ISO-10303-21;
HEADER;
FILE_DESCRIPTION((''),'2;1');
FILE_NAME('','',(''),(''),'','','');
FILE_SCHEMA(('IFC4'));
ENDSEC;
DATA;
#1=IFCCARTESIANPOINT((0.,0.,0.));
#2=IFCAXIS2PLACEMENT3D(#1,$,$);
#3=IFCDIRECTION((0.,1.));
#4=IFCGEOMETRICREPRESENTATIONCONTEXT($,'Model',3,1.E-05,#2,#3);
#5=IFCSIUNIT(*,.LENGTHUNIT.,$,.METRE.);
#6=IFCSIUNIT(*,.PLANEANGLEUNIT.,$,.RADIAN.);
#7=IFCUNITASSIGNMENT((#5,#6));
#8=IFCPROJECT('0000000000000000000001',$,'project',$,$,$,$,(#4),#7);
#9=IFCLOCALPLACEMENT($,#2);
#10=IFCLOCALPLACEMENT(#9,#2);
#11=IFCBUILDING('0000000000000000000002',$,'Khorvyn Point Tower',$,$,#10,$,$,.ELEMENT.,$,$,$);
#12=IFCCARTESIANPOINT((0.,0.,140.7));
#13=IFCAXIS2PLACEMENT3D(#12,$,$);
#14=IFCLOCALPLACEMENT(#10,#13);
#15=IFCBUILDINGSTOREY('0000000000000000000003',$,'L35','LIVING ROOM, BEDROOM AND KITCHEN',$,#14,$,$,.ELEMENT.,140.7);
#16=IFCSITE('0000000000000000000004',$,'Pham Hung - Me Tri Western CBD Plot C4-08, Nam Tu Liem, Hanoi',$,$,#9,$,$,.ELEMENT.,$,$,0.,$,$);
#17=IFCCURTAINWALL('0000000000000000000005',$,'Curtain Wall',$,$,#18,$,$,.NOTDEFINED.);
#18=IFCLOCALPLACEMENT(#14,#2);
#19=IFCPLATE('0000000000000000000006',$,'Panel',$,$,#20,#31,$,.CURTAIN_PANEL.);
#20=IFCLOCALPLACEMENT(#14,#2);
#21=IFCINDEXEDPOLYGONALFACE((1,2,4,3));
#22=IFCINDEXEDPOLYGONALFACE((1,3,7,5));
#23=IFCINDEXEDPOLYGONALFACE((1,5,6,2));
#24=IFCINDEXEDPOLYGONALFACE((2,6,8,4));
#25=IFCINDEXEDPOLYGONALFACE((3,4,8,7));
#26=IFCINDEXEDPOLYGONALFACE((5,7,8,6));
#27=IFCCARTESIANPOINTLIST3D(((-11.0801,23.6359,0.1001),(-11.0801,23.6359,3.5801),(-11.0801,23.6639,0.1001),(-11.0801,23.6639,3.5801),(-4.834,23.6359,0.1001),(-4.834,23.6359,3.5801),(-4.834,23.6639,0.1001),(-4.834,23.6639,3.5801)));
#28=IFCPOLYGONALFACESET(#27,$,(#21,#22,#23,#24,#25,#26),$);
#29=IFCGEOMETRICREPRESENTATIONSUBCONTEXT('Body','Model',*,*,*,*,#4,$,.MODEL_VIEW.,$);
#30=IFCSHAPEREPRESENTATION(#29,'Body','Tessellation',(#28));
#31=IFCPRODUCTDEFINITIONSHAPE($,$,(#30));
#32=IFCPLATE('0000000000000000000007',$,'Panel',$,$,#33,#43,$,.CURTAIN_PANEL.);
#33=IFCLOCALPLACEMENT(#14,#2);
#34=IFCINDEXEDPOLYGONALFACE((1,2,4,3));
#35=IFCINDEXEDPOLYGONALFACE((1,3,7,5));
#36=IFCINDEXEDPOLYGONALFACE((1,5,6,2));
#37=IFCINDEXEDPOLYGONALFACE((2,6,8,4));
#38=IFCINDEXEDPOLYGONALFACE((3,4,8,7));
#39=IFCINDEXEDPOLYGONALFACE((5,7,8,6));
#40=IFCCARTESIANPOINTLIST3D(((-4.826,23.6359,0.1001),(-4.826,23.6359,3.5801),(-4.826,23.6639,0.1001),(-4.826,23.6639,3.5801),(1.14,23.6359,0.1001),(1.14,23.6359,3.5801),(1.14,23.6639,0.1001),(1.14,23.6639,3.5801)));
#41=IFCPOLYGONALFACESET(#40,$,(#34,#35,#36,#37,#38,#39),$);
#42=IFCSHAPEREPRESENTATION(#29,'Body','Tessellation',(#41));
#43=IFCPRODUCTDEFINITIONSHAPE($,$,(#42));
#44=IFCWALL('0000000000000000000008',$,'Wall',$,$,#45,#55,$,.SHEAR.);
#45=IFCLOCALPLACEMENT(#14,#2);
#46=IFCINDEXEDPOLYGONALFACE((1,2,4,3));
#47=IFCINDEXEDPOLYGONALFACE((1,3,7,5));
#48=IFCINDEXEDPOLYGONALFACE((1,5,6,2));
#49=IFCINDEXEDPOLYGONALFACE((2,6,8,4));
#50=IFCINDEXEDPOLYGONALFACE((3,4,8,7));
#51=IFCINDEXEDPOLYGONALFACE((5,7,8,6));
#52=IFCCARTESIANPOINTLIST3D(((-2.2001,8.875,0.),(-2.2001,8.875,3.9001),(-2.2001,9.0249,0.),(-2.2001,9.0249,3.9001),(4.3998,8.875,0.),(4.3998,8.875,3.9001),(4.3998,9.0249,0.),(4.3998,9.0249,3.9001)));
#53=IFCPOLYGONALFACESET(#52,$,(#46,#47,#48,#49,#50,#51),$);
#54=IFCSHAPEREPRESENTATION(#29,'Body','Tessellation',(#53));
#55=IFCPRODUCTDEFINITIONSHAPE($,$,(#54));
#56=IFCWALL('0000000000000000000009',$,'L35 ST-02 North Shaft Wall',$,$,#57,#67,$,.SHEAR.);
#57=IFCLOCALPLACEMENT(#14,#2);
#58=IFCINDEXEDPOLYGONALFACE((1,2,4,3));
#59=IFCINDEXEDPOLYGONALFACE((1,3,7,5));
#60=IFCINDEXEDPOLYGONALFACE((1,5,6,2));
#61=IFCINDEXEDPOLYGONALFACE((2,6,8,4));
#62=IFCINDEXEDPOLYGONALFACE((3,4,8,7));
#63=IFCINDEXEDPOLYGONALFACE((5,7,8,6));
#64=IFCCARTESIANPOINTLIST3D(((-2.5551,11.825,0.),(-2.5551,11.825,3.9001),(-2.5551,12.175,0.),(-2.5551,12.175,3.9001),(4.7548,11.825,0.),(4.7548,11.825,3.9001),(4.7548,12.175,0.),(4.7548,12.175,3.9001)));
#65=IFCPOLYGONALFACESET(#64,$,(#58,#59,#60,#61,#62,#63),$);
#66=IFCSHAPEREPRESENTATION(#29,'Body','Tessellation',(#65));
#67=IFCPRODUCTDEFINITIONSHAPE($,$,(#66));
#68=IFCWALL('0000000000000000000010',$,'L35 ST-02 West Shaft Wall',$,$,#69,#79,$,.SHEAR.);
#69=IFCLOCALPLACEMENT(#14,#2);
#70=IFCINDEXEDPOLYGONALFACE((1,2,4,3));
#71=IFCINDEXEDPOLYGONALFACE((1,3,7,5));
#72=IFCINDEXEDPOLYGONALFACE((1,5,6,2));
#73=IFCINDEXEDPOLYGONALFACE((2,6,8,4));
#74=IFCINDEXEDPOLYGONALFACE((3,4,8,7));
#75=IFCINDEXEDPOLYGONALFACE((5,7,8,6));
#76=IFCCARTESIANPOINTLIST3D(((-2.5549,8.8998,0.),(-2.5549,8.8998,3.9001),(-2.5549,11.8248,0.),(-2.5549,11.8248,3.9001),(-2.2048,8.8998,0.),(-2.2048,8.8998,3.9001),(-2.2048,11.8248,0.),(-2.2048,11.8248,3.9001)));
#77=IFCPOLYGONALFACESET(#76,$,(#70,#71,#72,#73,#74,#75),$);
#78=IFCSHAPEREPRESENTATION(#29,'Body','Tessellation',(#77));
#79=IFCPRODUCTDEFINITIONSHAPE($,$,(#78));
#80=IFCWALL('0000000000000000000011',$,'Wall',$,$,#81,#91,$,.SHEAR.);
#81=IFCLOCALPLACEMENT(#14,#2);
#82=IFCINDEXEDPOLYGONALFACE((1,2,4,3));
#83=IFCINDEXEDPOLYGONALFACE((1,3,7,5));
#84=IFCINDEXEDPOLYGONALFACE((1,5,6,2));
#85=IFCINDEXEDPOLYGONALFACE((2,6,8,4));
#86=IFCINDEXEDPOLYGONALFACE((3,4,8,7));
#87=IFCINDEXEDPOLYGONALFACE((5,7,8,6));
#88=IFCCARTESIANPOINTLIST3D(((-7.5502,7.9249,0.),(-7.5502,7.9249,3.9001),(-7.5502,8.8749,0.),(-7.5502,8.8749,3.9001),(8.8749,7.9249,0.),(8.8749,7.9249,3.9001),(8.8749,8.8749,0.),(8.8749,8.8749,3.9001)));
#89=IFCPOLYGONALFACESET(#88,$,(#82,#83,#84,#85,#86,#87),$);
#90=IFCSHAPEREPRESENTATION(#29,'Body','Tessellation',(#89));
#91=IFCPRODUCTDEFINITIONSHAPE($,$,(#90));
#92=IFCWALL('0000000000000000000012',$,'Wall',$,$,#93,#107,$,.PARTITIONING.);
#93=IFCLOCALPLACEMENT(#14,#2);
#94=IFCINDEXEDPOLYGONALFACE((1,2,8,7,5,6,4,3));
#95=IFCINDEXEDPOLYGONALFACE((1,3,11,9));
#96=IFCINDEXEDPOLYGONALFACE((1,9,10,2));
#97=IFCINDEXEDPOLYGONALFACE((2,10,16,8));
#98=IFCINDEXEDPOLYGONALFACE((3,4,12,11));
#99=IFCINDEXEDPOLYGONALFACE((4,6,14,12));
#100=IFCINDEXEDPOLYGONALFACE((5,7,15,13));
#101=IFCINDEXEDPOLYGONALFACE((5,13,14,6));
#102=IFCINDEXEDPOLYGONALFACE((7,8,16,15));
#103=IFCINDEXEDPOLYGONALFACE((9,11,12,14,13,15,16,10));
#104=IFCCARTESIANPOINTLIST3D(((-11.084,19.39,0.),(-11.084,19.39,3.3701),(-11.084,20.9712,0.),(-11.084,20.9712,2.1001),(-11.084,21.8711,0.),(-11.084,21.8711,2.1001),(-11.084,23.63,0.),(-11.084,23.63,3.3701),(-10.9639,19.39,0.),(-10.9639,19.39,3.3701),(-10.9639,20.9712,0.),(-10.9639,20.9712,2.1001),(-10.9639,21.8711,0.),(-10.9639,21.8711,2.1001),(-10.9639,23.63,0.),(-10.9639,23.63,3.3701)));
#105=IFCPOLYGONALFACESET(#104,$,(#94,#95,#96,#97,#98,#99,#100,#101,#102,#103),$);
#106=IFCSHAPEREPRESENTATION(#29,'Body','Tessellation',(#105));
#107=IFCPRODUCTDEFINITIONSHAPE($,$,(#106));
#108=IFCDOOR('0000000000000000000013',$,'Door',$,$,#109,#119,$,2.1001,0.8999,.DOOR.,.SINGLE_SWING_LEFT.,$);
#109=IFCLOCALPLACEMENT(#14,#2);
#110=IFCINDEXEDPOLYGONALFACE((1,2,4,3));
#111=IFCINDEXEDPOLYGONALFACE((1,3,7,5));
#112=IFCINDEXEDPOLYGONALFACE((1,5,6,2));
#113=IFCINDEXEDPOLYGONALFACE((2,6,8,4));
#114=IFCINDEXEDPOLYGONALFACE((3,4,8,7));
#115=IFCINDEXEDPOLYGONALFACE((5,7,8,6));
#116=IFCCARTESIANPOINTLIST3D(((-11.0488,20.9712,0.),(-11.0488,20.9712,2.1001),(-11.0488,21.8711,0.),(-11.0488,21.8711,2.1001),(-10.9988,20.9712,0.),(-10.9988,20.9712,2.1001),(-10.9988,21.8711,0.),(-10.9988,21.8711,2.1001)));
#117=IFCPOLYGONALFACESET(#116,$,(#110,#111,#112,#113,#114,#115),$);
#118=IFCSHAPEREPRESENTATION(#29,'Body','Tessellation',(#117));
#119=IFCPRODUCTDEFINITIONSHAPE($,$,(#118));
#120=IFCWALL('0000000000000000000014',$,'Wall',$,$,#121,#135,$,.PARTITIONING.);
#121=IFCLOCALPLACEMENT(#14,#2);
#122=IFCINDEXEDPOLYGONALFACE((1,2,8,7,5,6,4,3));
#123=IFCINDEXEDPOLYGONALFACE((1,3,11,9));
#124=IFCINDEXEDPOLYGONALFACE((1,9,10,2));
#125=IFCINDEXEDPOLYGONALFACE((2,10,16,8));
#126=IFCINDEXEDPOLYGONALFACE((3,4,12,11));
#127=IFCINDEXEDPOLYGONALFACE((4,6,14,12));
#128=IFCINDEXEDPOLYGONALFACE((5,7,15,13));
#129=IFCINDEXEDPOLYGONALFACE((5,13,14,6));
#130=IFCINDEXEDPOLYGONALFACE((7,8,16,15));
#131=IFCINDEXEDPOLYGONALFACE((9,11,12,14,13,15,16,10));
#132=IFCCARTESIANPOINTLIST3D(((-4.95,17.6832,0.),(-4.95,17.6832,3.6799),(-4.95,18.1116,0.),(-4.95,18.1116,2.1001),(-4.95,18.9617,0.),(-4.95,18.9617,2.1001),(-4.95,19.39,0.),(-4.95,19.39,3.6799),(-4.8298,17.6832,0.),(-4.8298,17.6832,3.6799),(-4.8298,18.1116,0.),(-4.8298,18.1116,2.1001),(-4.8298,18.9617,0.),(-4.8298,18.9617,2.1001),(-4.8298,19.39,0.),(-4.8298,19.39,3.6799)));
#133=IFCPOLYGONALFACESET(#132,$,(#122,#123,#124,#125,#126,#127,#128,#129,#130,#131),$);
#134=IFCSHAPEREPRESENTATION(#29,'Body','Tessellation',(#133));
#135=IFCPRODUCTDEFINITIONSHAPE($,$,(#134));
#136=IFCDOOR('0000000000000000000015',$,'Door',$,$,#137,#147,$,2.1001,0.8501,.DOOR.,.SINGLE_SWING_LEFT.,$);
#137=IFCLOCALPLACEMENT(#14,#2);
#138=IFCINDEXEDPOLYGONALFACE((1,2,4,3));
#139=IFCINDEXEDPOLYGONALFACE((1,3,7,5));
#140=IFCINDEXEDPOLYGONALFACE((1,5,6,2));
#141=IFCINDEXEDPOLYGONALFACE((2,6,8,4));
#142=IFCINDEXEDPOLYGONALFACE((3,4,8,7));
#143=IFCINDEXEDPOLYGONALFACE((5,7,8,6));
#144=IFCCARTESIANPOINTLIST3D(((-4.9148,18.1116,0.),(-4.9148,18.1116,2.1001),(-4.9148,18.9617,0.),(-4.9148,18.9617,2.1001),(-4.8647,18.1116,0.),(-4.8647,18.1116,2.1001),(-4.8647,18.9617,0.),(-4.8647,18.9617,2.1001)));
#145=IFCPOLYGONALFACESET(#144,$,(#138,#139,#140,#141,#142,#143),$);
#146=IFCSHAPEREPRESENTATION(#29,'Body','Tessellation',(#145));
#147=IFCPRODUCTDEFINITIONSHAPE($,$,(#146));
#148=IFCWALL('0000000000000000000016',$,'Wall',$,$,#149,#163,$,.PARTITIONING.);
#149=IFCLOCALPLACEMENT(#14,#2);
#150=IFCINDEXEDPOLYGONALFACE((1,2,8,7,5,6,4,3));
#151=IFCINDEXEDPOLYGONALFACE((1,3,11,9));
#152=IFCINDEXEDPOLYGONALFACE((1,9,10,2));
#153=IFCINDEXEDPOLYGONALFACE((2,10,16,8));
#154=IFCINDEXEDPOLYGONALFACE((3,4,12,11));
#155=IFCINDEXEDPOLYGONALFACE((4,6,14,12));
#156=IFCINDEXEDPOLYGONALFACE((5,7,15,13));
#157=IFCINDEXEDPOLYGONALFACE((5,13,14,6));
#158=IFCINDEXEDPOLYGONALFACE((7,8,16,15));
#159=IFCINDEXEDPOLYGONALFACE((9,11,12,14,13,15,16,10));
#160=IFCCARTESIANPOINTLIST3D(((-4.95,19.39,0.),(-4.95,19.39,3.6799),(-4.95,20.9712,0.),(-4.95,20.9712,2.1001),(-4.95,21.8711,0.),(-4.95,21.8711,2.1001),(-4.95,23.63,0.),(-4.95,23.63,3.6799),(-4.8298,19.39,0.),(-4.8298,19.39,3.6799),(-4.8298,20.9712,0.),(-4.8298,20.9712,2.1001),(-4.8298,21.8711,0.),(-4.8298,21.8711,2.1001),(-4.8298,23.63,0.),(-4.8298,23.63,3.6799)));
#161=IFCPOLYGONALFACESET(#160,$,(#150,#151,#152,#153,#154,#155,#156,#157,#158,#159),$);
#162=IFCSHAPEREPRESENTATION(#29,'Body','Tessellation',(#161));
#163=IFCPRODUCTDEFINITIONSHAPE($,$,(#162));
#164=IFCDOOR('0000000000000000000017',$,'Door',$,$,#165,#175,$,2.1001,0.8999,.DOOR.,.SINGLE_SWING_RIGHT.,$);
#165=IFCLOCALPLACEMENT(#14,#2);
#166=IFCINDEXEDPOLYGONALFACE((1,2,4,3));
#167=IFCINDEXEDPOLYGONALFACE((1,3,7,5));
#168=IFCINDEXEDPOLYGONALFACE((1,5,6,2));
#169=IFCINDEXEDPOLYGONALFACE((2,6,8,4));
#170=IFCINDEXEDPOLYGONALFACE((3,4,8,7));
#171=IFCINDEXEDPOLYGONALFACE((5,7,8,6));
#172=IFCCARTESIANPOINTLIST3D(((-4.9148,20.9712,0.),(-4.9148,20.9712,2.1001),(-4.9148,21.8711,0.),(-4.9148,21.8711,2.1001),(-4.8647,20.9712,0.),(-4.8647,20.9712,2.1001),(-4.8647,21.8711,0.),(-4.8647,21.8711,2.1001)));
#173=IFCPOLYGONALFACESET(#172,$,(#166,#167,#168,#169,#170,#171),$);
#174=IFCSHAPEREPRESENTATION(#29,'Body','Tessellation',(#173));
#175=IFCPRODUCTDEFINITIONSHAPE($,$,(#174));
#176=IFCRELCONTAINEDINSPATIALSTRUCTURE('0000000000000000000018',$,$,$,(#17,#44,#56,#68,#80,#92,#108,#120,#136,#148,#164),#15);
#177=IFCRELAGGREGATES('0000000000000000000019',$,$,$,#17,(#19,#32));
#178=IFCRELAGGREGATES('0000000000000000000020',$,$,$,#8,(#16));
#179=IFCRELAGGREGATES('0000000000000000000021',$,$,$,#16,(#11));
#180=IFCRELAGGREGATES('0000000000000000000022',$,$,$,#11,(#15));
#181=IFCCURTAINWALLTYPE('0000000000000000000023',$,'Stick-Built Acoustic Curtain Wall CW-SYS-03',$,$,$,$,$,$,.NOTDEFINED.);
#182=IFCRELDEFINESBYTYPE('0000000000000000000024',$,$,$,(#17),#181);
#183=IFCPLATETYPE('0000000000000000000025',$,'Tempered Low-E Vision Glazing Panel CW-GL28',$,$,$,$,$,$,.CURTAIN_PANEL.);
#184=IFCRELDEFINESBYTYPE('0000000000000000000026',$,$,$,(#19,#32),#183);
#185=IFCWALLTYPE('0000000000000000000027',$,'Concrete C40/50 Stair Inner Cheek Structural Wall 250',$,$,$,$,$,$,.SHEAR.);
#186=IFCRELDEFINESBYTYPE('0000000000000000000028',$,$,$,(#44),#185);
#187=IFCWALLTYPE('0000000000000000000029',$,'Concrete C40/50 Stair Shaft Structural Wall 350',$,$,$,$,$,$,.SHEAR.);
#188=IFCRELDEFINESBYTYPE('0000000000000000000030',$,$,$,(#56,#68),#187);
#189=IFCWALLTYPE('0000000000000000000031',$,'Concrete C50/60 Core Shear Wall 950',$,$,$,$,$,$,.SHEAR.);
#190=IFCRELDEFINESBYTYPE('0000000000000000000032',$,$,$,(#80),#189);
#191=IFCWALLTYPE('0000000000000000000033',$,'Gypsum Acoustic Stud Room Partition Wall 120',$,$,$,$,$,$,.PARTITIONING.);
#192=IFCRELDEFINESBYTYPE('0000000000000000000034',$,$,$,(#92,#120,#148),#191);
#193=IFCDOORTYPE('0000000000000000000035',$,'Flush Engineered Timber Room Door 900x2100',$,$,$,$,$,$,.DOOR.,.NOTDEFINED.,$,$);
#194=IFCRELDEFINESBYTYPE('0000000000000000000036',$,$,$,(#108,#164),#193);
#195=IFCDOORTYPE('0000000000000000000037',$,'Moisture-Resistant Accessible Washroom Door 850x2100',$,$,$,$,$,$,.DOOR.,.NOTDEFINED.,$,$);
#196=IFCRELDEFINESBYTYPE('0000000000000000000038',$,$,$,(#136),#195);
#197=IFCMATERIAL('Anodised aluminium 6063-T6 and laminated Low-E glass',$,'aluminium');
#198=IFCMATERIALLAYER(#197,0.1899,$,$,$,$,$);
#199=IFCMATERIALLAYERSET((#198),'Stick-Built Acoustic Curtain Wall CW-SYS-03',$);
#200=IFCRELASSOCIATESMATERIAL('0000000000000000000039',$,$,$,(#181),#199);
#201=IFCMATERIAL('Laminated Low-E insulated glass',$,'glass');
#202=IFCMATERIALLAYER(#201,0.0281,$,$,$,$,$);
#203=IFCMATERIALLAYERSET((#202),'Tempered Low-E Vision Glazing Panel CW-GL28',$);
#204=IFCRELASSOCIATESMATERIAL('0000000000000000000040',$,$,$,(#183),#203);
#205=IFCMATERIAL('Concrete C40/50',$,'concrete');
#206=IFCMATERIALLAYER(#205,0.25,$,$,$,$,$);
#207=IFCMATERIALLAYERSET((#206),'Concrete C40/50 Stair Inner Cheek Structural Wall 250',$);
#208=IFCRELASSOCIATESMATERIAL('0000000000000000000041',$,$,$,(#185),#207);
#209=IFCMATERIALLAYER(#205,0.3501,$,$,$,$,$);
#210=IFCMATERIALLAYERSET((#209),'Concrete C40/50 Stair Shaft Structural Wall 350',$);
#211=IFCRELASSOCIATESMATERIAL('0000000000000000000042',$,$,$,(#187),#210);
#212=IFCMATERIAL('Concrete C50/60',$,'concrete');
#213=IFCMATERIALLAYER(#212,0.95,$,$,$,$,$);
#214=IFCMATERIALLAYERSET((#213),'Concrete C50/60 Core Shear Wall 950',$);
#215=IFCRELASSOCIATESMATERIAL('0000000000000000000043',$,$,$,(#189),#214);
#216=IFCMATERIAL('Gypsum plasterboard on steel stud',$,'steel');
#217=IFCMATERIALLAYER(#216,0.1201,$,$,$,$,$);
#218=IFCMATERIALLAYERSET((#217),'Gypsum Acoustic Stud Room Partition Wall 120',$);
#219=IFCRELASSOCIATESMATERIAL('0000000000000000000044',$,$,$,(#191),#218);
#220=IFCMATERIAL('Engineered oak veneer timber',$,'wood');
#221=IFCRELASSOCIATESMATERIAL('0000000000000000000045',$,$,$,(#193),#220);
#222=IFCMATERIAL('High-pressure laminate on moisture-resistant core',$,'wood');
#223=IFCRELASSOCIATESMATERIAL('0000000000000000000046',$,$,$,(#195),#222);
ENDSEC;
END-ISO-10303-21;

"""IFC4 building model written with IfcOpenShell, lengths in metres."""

from ifc_helpers import new_model, si_unit, direction, frame, frame_2d, origin, origin_2d, place, context, subcontext, project, spatial, rectangle, extrude, material, layer, layer_set, type_object, element, fill, aggregate, save


model = new_model("IFC4")

# Units and contexts
model_context = context("Model", 3, precision=1e-05, world=origin(), true_north=direction((0.0, 1.0)))
body_context = subcontext(model_context, "Body", "Model", "MODEL_VIEW")
ifc_project = project(units=[si_unit("LENGTHUNIT", "METRE"), si_unit("PLANEANGLEUNIT", "RADIAN")], contexts=[model_context])

# Site, building, storey
site_placement = place(None, origin())
site = spatial("IfcSite", under=ifc_project, at=site_placement, Name="Pham Hung - Me Tri Western CBD Plot C4-08, Nam Tu Liem, Hanoi", CompositionType="ELEMENT", RefElevation=0.0)
building_placement = place(site_placement, origin())
building = spatial("IfcBuilding", under=site, at=building_placement, Name="Khorvyn Point Tower", CompositionType="ELEMENT")
storey_placement = place(building_placement, frame((0.0, 0.0, 140.7)))
storey = spatial("IfcBuildingStorey", under=building, at=storey_placement, Name="L35", Description="LIVING ROOM, BEDROOM AND KITCHEN", CompositionType="ELEMENT", Elevation=140.7)

# Shared definitions
ifc_material_1 = material(Name="Concrete C50/60", Category="concrete")

# Curtain wall, plates
ifc_material_2 = material(Name="Anodised aluminium 6063-T6 and laminated Low-E glass", Category="aluminium")
ifc_layer_1 = layer(ifc_material_2, 0.1899)
ifc_layer_set_1 = layer_set([ifc_layer_1], Name="Stick-Built Acoustic Curtain Wall CW-SYS-03")
curtain_wall_type = type_object("IfcCurtainWallType", Name="Stick-Built Acoustic Curtain Wall CW-SYS-03", PredefinedType="NOTDEFINED", material=ifc_layer_set_1)
curtain_wall_placement = place(storey_placement, origin())
curtain_wall = element("IfcCurtainWall", 1, at=curtain_wall_placement, inside=storey, type_object=curtain_wall_type, Name="Curtain Wall", PredefinedType="NOTDEFINED")
ifc_material_3 = material(Name="Laminated Low-E insulated glass", Category="glass")
ifc_layer_2 = layer(ifc_material_3, 0.0281)
ifc_layer_set_2 = layer_set([ifc_layer_2], Name="Tempered Low-E Vision Glazing Panel CW-GL28")
plate_type = type_object("IfcPlateType", Name="Tempered Low-E Vision Glazing Panel CW-GL28", PredefinedType="CURTAIN_PANEL", material=ifc_layer_set_2)
plate_1_placement = place(storey_placement, frame((-7.957, 23.6499, 0.1001), z_axis=(0.0, 0.0, 1.0), x_axis=(1.0, 0.0, 0.0)))
plate_1 = element("IfcPlate", 2, at=plate_1_placement, type_object=plate_type, Name="Panel", PredefinedType="CURTAIN_PANEL", context=body_context, shape_type="SweptSolid", body=[
    extrude(rectangle(XDim=6.2461, YDim=0.0281, at=origin_2d()), origin(), (0.0, 0.0, 1.0), 3.48),
])
plate_2_placement = place(storey_placement, frame((-1.843, 23.6499, 0.1001), z_axis=(0.0, 0.0, 1.0), x_axis=(1.0, 0.0, 0.0)))
plate_2 = element("IfcPlate", 3, at=plate_2_placement, type_object=plate_type, Name="Panel", PredefinedType="CURTAIN_PANEL", context=body_context, shape_type="SweptSolid", body=[
    extrude(rectangle(XDim=5.9661, YDim=0.0281, at=origin_2d()), origin(), (0.0, 0.0, 1.0), 3.48),
])
aggregate(curtain_wall, [plate_1, plate_2])

# Shared definitions
ifc_material_4 = material(Name="Concrete C40/50", Category="concrete")

# Walls
ifc_layer_3 = layer(ifc_material_4, 0.25)
ifc_layer_set_3 = layer_set([ifc_layer_3], Name="Concrete C40/50 Stair Inner Cheek Structural Wall 250")
wall_type_1 = type_object("IfcWallType", Name="Concrete C40/50 Stair Inner Cheek Structural Wall 250", PredefinedType="SHEAR", material=ifc_layer_set_3)
wall_1_placement = place(storey_placement, frame((-2.2, 8.95, 0.0), z_axis=(0.0, 0.0, 1.0), x_axis=(1.0, 0.0, 0.0)))
element("IfcWall", 4, at=wall_1_placement, inside=storey, type_object=wall_type_1, Name="Wall", PredefinedType="SHEAR", context=body_context, shape_type="SweptSolid", body=[
    extrude(rectangle(XDim=6.5999, YDim=0.1499, at=frame_2d((3.2998, 0.0))), origin(), (0.0, 0.0, 1.0), 3.9001),
])
ifc_layer_4 = layer(ifc_material_4, 0.3501)
ifc_layer_set_4 = layer_set([ifc_layer_4], Name="Concrete C40/50 Stair Shaft Structural Wall 350")
wall_type_2 = type_object("IfcWallType", Name="Concrete C40/50 Stair Shaft Structural Wall 350", PredefinedType="SHEAR", material=ifc_layer_set_4)
wall_2_placement = place(storey_placement, frame((-2.5549, 12.0, 0.0), z_axis=(0.0, 0.0, 1.0), x_axis=(1.0, 0.0, 0.0)))
element("IfcWall", 5, at=wall_2_placement, inside=storey, type_object=wall_type_2, Name="L35 ST-02 North Shaft Wall", PredefinedType="SHEAR", context=body_context, shape_type="SweptSolid", body=[
    extrude(rectangle(XDim=7.3098, YDim=0.3501, at=frame_2d((3.6548, 0.0))), origin(), (0.0, 0.0, 1.0), 3.9001),
])
wall_3_placement = place(storey_placement, frame((-2.3799, 8.8999, 0.0), z_axis=(0.0, 0.0, 1.0), x_axis=(0.0, 1.0, 0.0)))
element("IfcWall", 6, at=wall_3_placement, inside=storey, type_object=wall_type_2, Name="L35 ST-02 West Shaft Wall", PredefinedType="SHEAR", context=body_context, shape_type="SweptSolid", body=[
    extrude(rectangle(XDim=2.925, YDim=0.3501, at=frame_2d((1.4624, 0.0))), origin(), (0.0, 0.0, 1.0), 3.9001),
])
ifc_layer_5 = layer(ifc_material_1, 0.95)
ifc_layer_set_5 = layer_set([ifc_layer_5], Name="Concrete C50/60 Core Shear Wall 950")
wall_type_3 = type_object("IfcWallType", Name="Concrete C50/60 Core Shear Wall 950", PredefinedType="SHEAR", material=ifc_layer_set_5)
wall_4_placement = place(storey_placement, frame((-7.55, 8.3999, 0.0), z_axis=(0.0, 0.0, 1.0), x_axis=(1.0, 0.0, 0.0)))
element("IfcWall", 7, at=wall_4_placement, inside=storey, type_object=wall_type_3, Name="Wall", PredefinedType="SHEAR", context=body_context, shape_type="SweptSolid", body=[
    extrude(rectangle(XDim=16.425, YDim=0.95, at=frame_2d((8.2124, 0.0))), origin(), (0.0, 0.0, 1.0), 3.9001),
])

# Walls, openings, doors
ifc_material_5 = material(Name="Gypsum plasterboard on steel stud", Category="steel")
ifc_layer_6 = layer(ifc_material_5, 0.1201)
ifc_layer_set_6 = layer_set([ifc_layer_6], Name="Gypsum Acoustic Stud Room Partition Wall 120")
wall_type_4 = type_object("IfcWallType", Name="Gypsum Acoustic Stud Room Partition Wall 120", PredefinedType="PARTITIONING", material=ifc_layer_set_6)
wall_5_placement = place(storey_placement, frame((-11.0239, 19.3899, 0.0), z_axis=(0.0, 0.0, 1.0), x_axis=(0.0, 1.0, 0.0)))
wall_5 = element("IfcWall", 8, at=wall_5_placement, inside=storey, type_object=wall_type_4, Name="Wall", PredefinedType="PARTITIONING", context=body_context, shape_type="SweptSolid", body=[
    extrude(rectangle(XDim=4.24, YDim=0.1201, at=frame_2d((2.1201, 0.0))), origin(), (0.0, 0.0, 1.0), 3.3701),
])
opening_1_placement = place(wall_5_placement, frame((1.5813, 0.0, 0.0)))
opening_1 = element("IfcOpeningElement", 9, at=opening_1_placement, cuts=wall_5, PredefinedType="OPENING", context=body_context, shape_type="SweptSolid", body=[
    extrude(rectangle(XDim=0.8999, YDim=2.1001, at=frame_2d((0.45, 1.05))), frame((0.0, 0.0701, 0.0), z_axis=(0.0, -1.0, 0.0), x_axis=(1.0, 0.0, 0.0)), (0.0, 0.0, 1.0), 0.1401),
])
ifc_material_6 = material(Name="Engineered oak veneer timber", Category="wood")
door_type_1 = type_object("IfcDoorType", Name="Flush Engineered Timber Room Door 900x2100", OperationType="NOTDEFINED", PredefinedType="DOOR", material=ifc_material_6)
door_1_placement = place(opening_1_placement, origin())
door_1 = element("IfcDoor", 10, at=door_1_placement, inside=storey, type_object=door_type_1, Name="Door", OperationType="SINGLE_SWING_LEFT", OverallHeight=2.1001, OverallWidth=0.8999, PredefinedType="DOOR", context=body_context, shape_type="SweptSolid", body=[
    extrude(rectangle(XDim=0.8999, YDim=2.1001, at=frame_2d((0.45, 1.05))), frame((0.0, 0.0249, 0.0), z_axis=(0.0, -1.0, 0.0), x_axis=(1.0, 0.0, 0.0)), (0.0, 0.0, 1.0), 0.05),
])
fill(opening_1, door_1)
wall_6_placement = place(storey_placement, frame((-4.8899, 17.6831, 0.0), z_axis=(0.0, 0.0, 1.0), x_axis=(0.0, 1.0, 0.0)))
wall_6 = element("IfcWall", 11, at=wall_6_placement, inside=storey, type_object=wall_type_4, Name="Wall", PredefinedType="PARTITIONING", context=body_context, shape_type="SweptSolid", body=[
    extrude(rectangle(XDim=1.7068, YDim=0.1201, at=frame_2d((0.8535, 0.0))), origin(), (0.0, 0.0, 1.0), 3.6799),
])
opening_2_placement = place(wall_6_placement, frame((0.4285, 0.0, 0.0)))
opening_2 = element("IfcOpeningElement", 12, at=opening_2_placement, cuts=wall_6, PredefinedType="OPENING", context=body_context, shape_type="SweptSolid", body=[
    extrude(rectangle(XDim=0.8501, YDim=2.1001, at=frame_2d((0.425, 1.05))), frame((0.0, 0.0701, 0.0), z_axis=(0.0, -1.0, 0.0), x_axis=(1.0, 0.0, 0.0)), (0.0, 0.0, 1.0), 0.1401),
])
ifc_material_7 = material(Name="High-pressure laminate on moisture-resistant core", Category="wood")
door_type_2 = type_object("IfcDoorType", Name="Moisture-Resistant Accessible Washroom Door 850x2100", OperationType="NOTDEFINED", PredefinedType="DOOR", material=ifc_material_7)
door_2_placement = place(opening_2_placement, origin())
door_2 = element("IfcDoor", 13, at=door_2_placement, inside=storey, type_object=door_type_2, Name="Door", OperationType="SINGLE_SWING_LEFT", OverallHeight=2.1001, OverallWidth=0.8501, PredefinedType="DOOR", context=body_context, shape_type="SweptSolid", body=[
    extrude(rectangle(XDim=0.8501, YDim=2.1001, at=frame_2d((0.425, 1.05))), frame((0.0, 0.0249, 0.0), z_axis=(0.0, -1.0, 0.0), x_axis=(1.0, 0.0, 0.0)), (0.0, 0.0, 1.0), 0.05),
])
fill(opening_2, door_2)
wall_7_placement = place(storey_placement, frame((-4.8899, 19.3899, 0.0), z_axis=(0.0, 0.0, 1.0), x_axis=(0.0, 1.0, 0.0)))
wall_7 = element("IfcWall", 14, at=wall_7_placement, inside=storey, type_object=wall_type_4, Name="Wall", PredefinedType="PARTITIONING", context=body_context, shape_type="SweptSolid", body=[
    extrude(rectangle(XDim=4.24, YDim=0.1201, at=frame_2d((2.1201, 0.0))), origin(), (0.0, 0.0, 1.0), 3.6799),
])
opening_3_placement = place(wall_7_placement, frame((1.5813, 0.0, 0.0)))
opening_3 = element("IfcOpeningElement", 15, at=opening_3_placement, cuts=wall_7, PredefinedType="OPENING", context=body_context, shape_type="SweptSolid", body=[
    extrude(rectangle(XDim=0.8999, YDim=2.1001, at=frame_2d((0.45, 1.05))), frame((0.0, 0.0701, 0.0), z_axis=(0.0, -1.0, 0.0), x_axis=(1.0, 0.0, 0.0)), (0.0, 0.0, 1.0), 0.1401),
])
door_3_placement = place(opening_3_placement, origin())
door_3 = element("IfcDoor", 16, at=door_3_placement, inside=storey, type_object=door_type_1, Name="Door", OperationType="SINGLE_SWING_RIGHT", OverallHeight=2.1001, OverallWidth=0.8999, PredefinedType="DOOR", context=body_context, shape_type="SweptSolid", body=[
    extrude(rectangle(XDim=0.8999, YDim=2.1001, at=frame_2d((0.45, 1.05))), frame((0.0, 0.0249, 0.0), z_axis=(0.0, -1.0, 0.0), x_axis=(1.0, 0.0, 0.0)), (0.0, 0.0, 1.0), 0.05),
])
fill(opening_3, door_3)

save(model, "model.ifc")
